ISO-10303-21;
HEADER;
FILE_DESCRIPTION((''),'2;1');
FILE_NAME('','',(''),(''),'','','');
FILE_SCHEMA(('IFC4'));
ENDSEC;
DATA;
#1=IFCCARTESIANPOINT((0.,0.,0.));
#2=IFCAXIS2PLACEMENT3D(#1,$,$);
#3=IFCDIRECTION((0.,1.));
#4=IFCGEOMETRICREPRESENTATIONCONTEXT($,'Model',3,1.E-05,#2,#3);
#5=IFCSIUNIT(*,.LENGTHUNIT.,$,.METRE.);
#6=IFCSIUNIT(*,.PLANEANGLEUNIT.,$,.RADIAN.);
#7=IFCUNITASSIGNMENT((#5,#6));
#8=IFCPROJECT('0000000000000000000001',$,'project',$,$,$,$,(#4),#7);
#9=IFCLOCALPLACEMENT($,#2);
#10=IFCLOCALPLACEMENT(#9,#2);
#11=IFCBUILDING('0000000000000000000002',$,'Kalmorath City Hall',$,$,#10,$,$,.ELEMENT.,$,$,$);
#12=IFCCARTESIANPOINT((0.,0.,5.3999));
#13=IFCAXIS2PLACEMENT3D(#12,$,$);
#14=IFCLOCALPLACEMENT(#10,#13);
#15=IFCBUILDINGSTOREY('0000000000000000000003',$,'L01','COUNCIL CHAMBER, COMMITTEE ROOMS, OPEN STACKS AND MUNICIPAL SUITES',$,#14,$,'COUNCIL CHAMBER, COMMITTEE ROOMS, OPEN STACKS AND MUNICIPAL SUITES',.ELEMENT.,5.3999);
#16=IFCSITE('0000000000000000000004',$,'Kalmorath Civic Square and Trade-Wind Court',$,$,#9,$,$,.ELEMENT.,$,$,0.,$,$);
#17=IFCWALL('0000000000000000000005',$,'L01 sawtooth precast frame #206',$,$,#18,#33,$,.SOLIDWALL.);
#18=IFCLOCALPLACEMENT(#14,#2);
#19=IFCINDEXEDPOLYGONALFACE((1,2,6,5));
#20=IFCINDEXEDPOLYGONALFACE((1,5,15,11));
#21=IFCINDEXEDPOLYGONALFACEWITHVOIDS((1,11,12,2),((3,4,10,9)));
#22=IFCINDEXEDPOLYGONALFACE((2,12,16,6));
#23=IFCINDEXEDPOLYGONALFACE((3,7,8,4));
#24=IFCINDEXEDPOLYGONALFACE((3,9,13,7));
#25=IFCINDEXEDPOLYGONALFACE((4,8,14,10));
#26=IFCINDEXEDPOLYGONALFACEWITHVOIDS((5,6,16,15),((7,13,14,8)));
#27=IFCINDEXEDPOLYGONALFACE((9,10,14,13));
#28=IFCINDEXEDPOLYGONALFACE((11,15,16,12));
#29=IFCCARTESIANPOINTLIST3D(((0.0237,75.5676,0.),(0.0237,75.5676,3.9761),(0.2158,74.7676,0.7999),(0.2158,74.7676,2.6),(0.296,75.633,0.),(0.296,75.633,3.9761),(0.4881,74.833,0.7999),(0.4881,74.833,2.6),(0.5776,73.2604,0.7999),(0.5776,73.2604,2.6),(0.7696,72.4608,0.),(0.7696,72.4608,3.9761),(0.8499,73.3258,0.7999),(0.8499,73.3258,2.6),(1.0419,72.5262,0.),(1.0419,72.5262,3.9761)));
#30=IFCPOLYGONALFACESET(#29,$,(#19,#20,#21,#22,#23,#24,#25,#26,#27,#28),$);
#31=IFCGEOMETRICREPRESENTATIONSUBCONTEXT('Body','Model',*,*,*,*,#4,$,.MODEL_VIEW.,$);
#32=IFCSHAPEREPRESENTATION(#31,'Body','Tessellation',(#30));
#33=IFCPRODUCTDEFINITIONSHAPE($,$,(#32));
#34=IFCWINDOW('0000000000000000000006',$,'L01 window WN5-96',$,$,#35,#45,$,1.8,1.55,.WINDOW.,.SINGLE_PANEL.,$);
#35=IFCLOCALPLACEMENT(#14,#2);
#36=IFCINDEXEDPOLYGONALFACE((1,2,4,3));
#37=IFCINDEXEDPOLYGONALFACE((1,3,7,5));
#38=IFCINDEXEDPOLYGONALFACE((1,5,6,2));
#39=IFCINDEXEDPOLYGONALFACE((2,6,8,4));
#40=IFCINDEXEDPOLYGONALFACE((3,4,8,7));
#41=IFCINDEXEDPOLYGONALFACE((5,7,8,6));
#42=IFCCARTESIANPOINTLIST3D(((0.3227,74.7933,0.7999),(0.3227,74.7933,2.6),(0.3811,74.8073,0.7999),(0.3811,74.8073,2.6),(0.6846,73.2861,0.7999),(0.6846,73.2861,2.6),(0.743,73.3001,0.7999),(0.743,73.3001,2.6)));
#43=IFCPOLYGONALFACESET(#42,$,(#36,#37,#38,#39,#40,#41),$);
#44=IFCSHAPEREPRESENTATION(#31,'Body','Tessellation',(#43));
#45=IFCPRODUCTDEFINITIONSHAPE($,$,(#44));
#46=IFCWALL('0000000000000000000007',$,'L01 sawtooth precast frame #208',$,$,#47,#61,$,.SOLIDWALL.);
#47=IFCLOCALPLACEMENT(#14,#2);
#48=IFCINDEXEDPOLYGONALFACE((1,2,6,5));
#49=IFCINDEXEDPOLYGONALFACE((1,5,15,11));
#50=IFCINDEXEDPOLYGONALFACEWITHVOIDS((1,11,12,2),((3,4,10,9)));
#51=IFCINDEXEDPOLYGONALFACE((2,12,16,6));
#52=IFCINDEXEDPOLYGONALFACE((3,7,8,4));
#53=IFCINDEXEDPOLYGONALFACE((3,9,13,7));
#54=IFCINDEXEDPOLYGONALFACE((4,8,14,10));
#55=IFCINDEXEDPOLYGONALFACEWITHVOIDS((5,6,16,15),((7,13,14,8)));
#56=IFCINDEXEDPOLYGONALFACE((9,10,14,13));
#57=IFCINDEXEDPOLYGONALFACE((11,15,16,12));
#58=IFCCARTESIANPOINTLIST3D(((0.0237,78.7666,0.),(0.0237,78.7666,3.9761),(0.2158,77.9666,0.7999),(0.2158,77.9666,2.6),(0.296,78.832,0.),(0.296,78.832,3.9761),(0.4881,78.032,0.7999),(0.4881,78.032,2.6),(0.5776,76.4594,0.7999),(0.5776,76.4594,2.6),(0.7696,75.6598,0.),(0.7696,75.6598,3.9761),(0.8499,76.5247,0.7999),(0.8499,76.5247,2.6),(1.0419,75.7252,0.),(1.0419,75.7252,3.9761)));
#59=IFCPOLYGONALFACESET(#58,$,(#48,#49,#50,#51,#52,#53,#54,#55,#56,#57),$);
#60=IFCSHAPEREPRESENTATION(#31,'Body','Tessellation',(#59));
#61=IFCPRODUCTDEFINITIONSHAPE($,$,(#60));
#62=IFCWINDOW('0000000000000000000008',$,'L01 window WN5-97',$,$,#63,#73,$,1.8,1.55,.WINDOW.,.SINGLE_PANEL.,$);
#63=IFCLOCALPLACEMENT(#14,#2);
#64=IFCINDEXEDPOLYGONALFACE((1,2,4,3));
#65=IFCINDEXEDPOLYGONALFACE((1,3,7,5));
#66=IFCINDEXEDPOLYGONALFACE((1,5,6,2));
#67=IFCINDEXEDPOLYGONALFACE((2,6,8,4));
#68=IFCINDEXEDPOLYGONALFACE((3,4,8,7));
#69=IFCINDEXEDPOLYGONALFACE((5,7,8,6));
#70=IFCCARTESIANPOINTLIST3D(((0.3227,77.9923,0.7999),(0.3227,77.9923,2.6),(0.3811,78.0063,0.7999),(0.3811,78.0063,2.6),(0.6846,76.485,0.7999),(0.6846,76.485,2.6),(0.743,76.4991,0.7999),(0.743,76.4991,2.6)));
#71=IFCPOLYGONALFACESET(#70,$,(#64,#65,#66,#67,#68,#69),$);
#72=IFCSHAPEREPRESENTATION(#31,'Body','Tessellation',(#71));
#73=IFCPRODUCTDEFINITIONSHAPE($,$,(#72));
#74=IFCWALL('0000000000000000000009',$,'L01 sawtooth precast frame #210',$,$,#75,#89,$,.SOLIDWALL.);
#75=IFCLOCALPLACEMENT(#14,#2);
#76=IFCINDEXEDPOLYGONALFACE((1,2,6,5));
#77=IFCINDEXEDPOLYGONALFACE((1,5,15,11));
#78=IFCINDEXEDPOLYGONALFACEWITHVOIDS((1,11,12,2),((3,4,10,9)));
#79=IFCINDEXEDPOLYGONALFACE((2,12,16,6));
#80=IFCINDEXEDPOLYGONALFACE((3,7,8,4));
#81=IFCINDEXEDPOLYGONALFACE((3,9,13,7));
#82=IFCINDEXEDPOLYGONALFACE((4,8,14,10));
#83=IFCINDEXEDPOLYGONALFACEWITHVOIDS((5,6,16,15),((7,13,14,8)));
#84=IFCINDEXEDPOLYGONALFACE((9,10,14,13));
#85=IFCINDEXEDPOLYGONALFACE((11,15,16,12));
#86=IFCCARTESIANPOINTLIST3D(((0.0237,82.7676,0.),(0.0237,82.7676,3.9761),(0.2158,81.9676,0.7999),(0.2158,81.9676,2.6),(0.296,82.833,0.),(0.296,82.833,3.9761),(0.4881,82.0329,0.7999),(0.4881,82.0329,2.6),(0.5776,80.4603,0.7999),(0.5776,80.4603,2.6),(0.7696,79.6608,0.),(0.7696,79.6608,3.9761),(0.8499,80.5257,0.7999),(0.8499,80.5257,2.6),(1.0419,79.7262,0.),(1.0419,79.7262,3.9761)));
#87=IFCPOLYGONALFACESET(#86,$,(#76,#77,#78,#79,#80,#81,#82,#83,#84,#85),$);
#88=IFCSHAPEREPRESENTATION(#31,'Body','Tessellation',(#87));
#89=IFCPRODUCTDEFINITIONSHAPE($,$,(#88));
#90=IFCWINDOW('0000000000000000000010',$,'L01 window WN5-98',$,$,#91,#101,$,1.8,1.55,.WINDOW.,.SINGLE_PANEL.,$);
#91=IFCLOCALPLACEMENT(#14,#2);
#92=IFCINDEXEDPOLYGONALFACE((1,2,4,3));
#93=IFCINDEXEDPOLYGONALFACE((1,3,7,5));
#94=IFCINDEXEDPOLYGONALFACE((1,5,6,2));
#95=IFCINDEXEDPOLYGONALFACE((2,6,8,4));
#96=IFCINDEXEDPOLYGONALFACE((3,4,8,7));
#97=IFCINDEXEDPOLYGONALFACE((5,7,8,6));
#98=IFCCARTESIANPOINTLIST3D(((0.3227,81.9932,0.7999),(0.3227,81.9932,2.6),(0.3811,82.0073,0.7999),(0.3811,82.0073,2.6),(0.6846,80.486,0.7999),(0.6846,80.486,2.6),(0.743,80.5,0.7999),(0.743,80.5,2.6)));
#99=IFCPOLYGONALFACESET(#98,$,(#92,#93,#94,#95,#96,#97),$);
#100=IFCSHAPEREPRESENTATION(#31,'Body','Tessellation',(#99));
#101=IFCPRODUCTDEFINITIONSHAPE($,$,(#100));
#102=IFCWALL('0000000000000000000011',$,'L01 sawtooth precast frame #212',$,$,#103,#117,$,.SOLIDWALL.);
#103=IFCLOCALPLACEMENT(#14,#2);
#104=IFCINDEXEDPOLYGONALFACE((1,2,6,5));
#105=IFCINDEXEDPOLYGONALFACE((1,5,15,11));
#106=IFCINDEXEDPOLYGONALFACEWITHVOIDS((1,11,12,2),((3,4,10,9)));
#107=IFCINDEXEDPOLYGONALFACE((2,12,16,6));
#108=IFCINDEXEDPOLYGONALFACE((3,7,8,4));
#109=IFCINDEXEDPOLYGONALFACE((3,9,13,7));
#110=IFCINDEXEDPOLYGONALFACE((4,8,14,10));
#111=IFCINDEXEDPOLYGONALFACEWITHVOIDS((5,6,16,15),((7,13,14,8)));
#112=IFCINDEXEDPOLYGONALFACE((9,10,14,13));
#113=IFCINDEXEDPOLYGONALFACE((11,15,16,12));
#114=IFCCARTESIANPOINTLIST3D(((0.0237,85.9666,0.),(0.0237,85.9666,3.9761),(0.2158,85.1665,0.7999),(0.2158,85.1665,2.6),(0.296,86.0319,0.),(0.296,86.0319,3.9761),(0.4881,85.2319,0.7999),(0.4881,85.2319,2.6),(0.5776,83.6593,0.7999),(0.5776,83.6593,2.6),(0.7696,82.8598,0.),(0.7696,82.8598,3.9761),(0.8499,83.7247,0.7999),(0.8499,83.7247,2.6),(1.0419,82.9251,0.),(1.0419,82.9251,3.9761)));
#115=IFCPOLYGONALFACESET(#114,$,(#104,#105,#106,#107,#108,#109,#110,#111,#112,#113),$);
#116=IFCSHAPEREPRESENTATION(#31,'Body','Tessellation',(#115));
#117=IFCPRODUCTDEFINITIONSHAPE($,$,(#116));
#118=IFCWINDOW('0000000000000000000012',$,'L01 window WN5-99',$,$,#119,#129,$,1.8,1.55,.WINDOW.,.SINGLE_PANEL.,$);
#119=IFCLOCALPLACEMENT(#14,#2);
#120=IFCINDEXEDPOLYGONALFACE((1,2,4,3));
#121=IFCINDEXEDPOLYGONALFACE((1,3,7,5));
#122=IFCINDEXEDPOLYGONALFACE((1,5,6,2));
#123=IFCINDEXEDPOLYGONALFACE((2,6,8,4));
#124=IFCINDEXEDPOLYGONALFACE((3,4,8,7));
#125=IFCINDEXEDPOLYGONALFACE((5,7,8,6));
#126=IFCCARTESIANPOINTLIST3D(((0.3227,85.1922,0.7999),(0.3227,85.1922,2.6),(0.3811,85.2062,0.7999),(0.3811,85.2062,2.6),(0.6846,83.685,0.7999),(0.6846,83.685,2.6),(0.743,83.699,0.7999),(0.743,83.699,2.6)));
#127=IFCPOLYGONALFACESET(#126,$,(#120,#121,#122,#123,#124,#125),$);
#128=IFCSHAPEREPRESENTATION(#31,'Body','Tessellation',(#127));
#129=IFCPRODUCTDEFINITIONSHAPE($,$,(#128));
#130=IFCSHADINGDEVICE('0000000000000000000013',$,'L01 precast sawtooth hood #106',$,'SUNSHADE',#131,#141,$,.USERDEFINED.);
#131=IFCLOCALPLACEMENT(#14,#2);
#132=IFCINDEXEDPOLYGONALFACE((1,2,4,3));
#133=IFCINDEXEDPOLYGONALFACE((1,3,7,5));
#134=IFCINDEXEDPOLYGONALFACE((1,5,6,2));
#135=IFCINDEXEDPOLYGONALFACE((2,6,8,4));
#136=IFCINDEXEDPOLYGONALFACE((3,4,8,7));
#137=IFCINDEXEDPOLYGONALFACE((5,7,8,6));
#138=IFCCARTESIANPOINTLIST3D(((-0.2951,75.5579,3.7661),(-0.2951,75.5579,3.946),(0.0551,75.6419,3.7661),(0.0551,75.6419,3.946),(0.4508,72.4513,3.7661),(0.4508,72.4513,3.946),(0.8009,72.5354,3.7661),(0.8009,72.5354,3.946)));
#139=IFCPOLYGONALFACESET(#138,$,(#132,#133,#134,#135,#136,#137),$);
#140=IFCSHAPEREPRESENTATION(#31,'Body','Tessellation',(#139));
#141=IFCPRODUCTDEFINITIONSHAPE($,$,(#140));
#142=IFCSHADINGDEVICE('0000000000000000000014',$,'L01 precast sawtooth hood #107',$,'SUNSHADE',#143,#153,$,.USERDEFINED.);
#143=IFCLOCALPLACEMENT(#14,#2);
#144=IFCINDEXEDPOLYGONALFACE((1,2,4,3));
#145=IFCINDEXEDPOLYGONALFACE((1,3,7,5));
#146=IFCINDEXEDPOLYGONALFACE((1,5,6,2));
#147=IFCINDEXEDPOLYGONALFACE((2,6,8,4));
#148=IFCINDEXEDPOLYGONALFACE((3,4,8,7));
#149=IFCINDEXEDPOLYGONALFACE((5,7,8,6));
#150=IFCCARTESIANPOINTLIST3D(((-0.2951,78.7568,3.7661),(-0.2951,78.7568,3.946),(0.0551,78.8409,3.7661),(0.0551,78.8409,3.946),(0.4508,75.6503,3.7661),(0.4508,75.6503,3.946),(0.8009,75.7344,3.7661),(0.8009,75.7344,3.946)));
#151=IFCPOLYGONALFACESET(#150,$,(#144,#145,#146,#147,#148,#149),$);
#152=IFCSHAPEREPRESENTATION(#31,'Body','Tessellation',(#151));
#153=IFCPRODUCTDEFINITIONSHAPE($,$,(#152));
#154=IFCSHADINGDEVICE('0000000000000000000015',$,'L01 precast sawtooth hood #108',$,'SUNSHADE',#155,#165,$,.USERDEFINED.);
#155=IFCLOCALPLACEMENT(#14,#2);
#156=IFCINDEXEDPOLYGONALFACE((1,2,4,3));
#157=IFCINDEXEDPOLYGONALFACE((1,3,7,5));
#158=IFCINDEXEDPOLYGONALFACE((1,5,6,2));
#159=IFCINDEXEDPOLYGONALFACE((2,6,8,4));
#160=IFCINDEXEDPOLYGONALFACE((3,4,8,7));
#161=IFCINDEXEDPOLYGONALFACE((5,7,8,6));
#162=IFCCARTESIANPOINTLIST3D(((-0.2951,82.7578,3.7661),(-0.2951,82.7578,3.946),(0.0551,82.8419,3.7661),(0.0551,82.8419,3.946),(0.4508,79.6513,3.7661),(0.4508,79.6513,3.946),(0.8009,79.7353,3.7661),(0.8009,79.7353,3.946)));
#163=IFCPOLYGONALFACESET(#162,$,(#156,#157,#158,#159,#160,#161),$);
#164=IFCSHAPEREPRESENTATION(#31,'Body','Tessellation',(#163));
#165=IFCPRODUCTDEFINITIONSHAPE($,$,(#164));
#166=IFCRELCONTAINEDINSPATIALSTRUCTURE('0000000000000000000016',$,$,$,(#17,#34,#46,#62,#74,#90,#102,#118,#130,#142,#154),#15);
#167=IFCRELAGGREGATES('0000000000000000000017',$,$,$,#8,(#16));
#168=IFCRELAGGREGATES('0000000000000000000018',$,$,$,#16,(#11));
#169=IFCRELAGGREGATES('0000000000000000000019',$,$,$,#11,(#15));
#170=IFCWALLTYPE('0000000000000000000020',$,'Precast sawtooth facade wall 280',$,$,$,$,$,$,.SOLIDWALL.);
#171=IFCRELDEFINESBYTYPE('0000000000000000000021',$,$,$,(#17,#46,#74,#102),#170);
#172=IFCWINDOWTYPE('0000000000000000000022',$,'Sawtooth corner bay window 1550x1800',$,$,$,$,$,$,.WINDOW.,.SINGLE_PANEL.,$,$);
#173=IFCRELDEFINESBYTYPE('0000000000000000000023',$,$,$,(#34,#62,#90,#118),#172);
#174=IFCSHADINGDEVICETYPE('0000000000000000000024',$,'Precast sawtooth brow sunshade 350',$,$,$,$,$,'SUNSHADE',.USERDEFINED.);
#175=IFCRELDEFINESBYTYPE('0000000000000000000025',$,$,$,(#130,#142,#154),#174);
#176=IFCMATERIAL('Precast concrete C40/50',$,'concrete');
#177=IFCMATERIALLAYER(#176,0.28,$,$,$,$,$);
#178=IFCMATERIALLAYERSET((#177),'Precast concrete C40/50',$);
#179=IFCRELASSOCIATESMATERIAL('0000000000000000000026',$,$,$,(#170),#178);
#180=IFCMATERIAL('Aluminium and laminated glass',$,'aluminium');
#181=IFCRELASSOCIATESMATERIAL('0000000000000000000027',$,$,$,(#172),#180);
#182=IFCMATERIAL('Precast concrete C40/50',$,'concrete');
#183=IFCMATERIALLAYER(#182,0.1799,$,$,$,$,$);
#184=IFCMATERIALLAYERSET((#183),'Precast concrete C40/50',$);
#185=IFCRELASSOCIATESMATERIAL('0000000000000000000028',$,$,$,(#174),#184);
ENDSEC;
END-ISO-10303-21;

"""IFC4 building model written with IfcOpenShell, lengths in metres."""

from ifc_helpers import new_model, si_unit, direction, frame, frame_2d, origin, origin_2d, place, context, subcontext, project, spatial, rectangle, extrude, material, layer, layer_set, type_object, element, fill, save


model = new_model("IFC4")

# Units and contexts
model_context = context("Model", 3, precision=1e-05, world=origin(), true_north=direction((0.0, 1.0)))
body_context = subcontext(model_context, "Body", "Model", "MODEL_VIEW")
ifc_project = project(units=[si_unit("LENGTHUNIT", "METRE"), si_unit("PLANEANGLEUNIT", "RADIAN")], contexts=[model_context])

# Site, building, storey
site_placement = place(None, origin())
site = spatial("IfcSite", under=ifc_project, at=site_placement, Name="Kalmorath Civic Square and Trade-Wind Court", CompositionType="ELEMENT", RefElevation=0.0)
building_placement = place(site_placement, origin())
building = spatial("IfcBuilding", under=site, at=building_placement, Name="Kalmorath City Hall", CompositionType="ELEMENT")
storey_placement = place(building_placement, frame((0.0, 0.0, 5.3999)))
storey = spatial("IfcBuildingStorey", under=building, at=storey_placement, Name="L01", Description="COUNCIL CHAMBER, COMMITTEE ROOMS, OPEN STACKS AND MUNICIPAL SUITES", LongName="COUNCIL CHAMBER, COMMITTEE ROOMS, OPEN STACKS AND MUNICIPAL SUITES", CompositionType="ELEMENT", Elevation=5.3999)

# Walls, openings, windows
ifc_material_1 = material(Name="Precast concrete C40/50", Category="concrete")
ifc_layer_1 = layer(ifc_material_1, 0.28)
ifc_layer_set_1 = layer_set([ifc_layer_1], Name="Precast concrete C40/50")
wall_type_1 = type_object("IfcWallType", Name="Precast sawtooth facade wall 280", PredefinedType="SOLIDWALL", material=ifc_layer_set_1)
wall_1_placement = place(storey_placement, frame((0.9058, 72.4934, 0.0), z_axis=(0.0, 0.0, 1.0), x_axis=(-0.233445, 0.97237, 0.0)))
wall_1 = element("IfcWall", 1, at=wall_1_placement, inside=storey, type_object=wall_type_1, Name="L01 sawtooth precast frame #206", PredefinedType="SOLIDWALL", context=body_context, shape_type="SweptSolid", body=[
    extrude(rectangle(XDim=3.1951, YDim=0.28, at=frame_2d((1.5977, 0.0))), origin(), (0.0, 0.0, 1.0), 3.9761),
])
opening_1_placement = place(wall_1_placement, frame((0.8225, 0.0, 0.8)))
opening_1 = element("IfcOpeningElement", 2, at=opening_1_placement, cuts=wall_1, PredefinedType="OPENING", context=body_context, shape_type="SweptSolid", body=[
    extrude(rectangle(XDim=1.55, YDim=1.8, at=frame_2d((0.7749, 0.8999))), frame((0.0, 0.1499, 0.0), z_axis=(0.0, -1.0, 0.0), x_axis=(1.0, 0.0, 0.0)), (0.0, 0.0, 1.0), 0.3),
])
ifc_material_2 = material(Name="Aluminium and laminated glass", Category="aluminium")
window_type = type_object("IfcWindowType", Name="Sawtooth corner bay window 1550x1800", PartitioningType="SINGLE_PANEL", PredefinedType="WINDOW", material=ifc_material_2)
window_1_placement = place(opening_1_placement, origin())
window_1 = element("IfcWindow", 3, at=window_1_placement, inside=storey, type_object=window_type, Name="L01 window WN5-96", OverallHeight=1.8, OverallWidth=1.55, PartitioningType="SINGLE_PANEL", PredefinedType="WINDOW", context=body_context, shape_type="SweptSolid", body=[
    extrude(rectangle(XDim=1.55, YDim=1.8, at=frame_2d((0.7749, 0.8999))), frame((0.0, 0.03, 0.0), z_axis=(0.0, -1.0, 0.0), x_axis=(1.0, 0.0, 0.0)), (0.0, 0.0, 1.0), 0.0601),
])
fill(opening_1, window_1)
wall_2_placement = place(storey_placement, frame((0.9058, 75.6924, 0.0), z_axis=(0.0, 0.0, 1.0), x_axis=(-0.233445, 0.97237, 0.0)))
wall_2 = element("IfcWall", 4, at=wall_2_placement, inside=storey, type_object=wall_type_1, Name="L01 sawtooth precast frame #208", PredefinedType="SOLIDWALL", context=body_context, shape_type="SweptSolid", body=[
    extrude(rectangle(XDim=3.1951, YDim=0.28, at=frame_2d((1.5977, 0.0))), origin(), (0.0, 0.0, 1.0), 3.9761),
])
opening_2_placement = place(wall_2_placement, frame((0.8225, 0.0, 0.8)))
opening_2 = element("IfcOpeningElement", 5, at=opening_2_placement, cuts=wall_2, PredefinedType="OPENING", context=body_context, shape_type="SweptSolid", body=[
    extrude(rectangle(XDim=1.55, YDim=1.8, at=frame_2d((0.7749, 0.8999))), frame((0.0, 0.1499, 0.0), z_axis=(0.0, -1.0, 0.0), x_axis=(1.0, 0.0, 0.0)), (0.0, 0.0, 1.0), 0.3),
])
window_2_placement = place(opening_2_placement, origin())
window_2 = element("IfcWindow", 6, at=window_2_placement, inside=storey, type_object=window_type, Name="L01 window WN5-97", OverallHeight=1.8, OverallWidth=1.55, PartitioningType="SINGLE_PANEL", PredefinedType="WINDOW", context=body_context, shape_type="SweptSolid", body=[
    extrude(rectangle(XDim=1.55, YDim=1.8, at=frame_2d((0.7749, 0.8999))), frame((0.0, 0.03, 0.0), z_axis=(0.0, -1.0, 0.0), x_axis=(1.0, 0.0, 0.0)), (0.0, 0.0, 1.0), 0.0601),
])
fill(opening_2, window_2)
wall_3_placement = place(storey_placement, frame((0.9058, 79.6934, 0.0), z_axis=(0.0, 0.0, 1.0), x_axis=(-0.233445, 0.97237, 0.0)))
wall_3 = element("IfcWall", 7, at=wall_3_placement, inside=storey, type_object=wall_type_1, Name="L01 sawtooth precast frame #210", PredefinedType="SOLIDWALL", context=body_context, shape_type="SweptSolid", body=[
    extrude(rectangle(XDim=3.1951, YDim=0.28, at=frame_2d((1.5977, 0.0))), origin(), (0.0, 0.0, 1.0), 3.9761),
])
opening_3_placement = place(wall_3_placement, frame((0.8225, 0.0, 0.8)))
opening_3 = element("IfcOpeningElement", 8, at=opening_3_placement, cuts=wall_3, PredefinedType="OPENING", context=body_context, shape_type="SweptSolid", body=[
    extrude(rectangle(XDim=1.55, YDim=1.8, at=frame_2d((0.7749, 0.8999))), frame((0.0, 0.1499, 0.0), z_axis=(0.0, -1.0, 0.0), x_axis=(1.0, 0.0, 0.0)), (0.0, 0.0, 1.0), 0.3),
])
window_3_placement = place(opening_3_placement, origin())
window_3 = element("IfcWindow", 9, at=window_3_placement, inside=storey, type_object=window_type, Name="L01 window WN5-98", OverallHeight=1.8, OverallWidth=1.55, PartitioningType="SINGLE_PANEL", PredefinedType="WINDOW", context=body_context, shape_type="SweptSolid", body=[
    extrude(rectangle(XDim=1.55, YDim=1.8, at=frame_2d((0.7749, 0.8999))), frame((0.0, 0.03, 0.0), z_axis=(0.0, -1.0, 0.0), x_axis=(1.0, 0.0, 0.0)), (0.0, 0.0, 1.0), 0.0601),
])
fill(opening_3, window_3)
wall_4_placement = place(storey_placement, frame((0.9058, 82.8923, 0.0), z_axis=(0.0, 0.0, 1.0), x_axis=(-0.233445, 0.97237, 0.0)))
wall_4 = element("IfcWall", 10, at=wall_4_placement, inside=storey, type_object=wall_type_1, Name="L01 sawtooth precast frame #212", PredefinedType="SOLIDWALL", context=body_context, shape_type="SweptSolid", body=[
    extrude(rectangle(XDim=3.1951, YDim=0.28, at=frame_2d((1.5977, 0.0))), origin(), (0.0, 0.0, 1.0), 3.9761),
])
opening_4_placement = place(wall_4_placement, frame((0.8225, 0.0, 0.8)))
opening_4 = element("IfcOpeningElement", 11, at=opening_4_placement, cuts=wall_4, PredefinedType="OPENING", context=body_context, shape_type="SweptSolid", body=[
    extrude(rectangle(XDim=1.55, YDim=1.8, at=frame_2d((0.7749, 0.8999))), frame((0.0, 0.1499, 0.0), z_axis=(0.0, -1.0, 0.0), x_axis=(1.0, 0.0, 0.0)), (0.0, 0.0, 1.0), 0.3),
])
window_4_placement = place(opening_4_placement, origin())
window_4 = element("IfcWindow", 12, at=window_4_placement, inside=storey, type_object=window_type, Name="L01 window WN5-99", OverallHeight=1.8, OverallWidth=1.55, PartitioningType="SINGLE_PANEL", PredefinedType="WINDOW", context=body_context, shape_type="SweptSolid", body=[
    extrude(rectangle(XDim=1.55, YDim=1.8, at=frame_2d((0.7749, 0.8999))), frame((0.0, 0.03, 0.0), z_axis=(0.0, -1.0, 0.0), x_axis=(1.0, 0.0, 0.0)), (0.0, 0.0, 1.0), 0.0601),
])
fill(opening_4, window_4)

# Shading devices
ifc_material_3 = material(Name="Precast concrete C40/50", Category="concrete")
ifc_layer_2 = layer(ifc_material_3, 0.1799)
ifc_layer_set_2 = layer_set([ifc_layer_2], Name="Precast concrete C40/50")
shading_device_type = type_object("IfcShadingDeviceType", Name="Precast sawtooth brow sunshade 350", ElementType="SUNSHADE", PredefinedType="USERDEFINED", material=ifc_layer_set_2)
for number, where, z_axis, x_axis, name in (
    (13, (0.2529, 74.0466, 3.7661), (0.0, 0.0, 1.0), (-0.233445, 0.97237, 0.0), "L01 precast sawtooth hood #106"),
    (14, (0.2529, 77.2456, 3.7661), (0.0, 0.0, 1.0), (-0.233445, 0.97237, 0.0), "L01 precast sawtooth hood #107"),
    (15, (0.2529, 81.2466, 3.7661), (0.0, 0.0, 1.0), (-0.233445, 0.97237, 0.0), "L01 precast sawtooth hood #108"),
):
    element("IfcShadingDevice", number, at=place(storey_placement, frame(where, z_axis=z_axis, x_axis=x_axis)), inside=storey, type_object=shading_device_type, Name=name, ObjectType="SUNSHADE", PredefinedType="USERDEFINED", context=body_context, shape_type="SweptSolid", body=[
        extrude(rectangle(XDim=3.1948, YDim=0.3601, at=origin_2d()), origin(), (0.0, 0.0, 1.0), 0.1799),
    ])

save(model, "model.ifc")
